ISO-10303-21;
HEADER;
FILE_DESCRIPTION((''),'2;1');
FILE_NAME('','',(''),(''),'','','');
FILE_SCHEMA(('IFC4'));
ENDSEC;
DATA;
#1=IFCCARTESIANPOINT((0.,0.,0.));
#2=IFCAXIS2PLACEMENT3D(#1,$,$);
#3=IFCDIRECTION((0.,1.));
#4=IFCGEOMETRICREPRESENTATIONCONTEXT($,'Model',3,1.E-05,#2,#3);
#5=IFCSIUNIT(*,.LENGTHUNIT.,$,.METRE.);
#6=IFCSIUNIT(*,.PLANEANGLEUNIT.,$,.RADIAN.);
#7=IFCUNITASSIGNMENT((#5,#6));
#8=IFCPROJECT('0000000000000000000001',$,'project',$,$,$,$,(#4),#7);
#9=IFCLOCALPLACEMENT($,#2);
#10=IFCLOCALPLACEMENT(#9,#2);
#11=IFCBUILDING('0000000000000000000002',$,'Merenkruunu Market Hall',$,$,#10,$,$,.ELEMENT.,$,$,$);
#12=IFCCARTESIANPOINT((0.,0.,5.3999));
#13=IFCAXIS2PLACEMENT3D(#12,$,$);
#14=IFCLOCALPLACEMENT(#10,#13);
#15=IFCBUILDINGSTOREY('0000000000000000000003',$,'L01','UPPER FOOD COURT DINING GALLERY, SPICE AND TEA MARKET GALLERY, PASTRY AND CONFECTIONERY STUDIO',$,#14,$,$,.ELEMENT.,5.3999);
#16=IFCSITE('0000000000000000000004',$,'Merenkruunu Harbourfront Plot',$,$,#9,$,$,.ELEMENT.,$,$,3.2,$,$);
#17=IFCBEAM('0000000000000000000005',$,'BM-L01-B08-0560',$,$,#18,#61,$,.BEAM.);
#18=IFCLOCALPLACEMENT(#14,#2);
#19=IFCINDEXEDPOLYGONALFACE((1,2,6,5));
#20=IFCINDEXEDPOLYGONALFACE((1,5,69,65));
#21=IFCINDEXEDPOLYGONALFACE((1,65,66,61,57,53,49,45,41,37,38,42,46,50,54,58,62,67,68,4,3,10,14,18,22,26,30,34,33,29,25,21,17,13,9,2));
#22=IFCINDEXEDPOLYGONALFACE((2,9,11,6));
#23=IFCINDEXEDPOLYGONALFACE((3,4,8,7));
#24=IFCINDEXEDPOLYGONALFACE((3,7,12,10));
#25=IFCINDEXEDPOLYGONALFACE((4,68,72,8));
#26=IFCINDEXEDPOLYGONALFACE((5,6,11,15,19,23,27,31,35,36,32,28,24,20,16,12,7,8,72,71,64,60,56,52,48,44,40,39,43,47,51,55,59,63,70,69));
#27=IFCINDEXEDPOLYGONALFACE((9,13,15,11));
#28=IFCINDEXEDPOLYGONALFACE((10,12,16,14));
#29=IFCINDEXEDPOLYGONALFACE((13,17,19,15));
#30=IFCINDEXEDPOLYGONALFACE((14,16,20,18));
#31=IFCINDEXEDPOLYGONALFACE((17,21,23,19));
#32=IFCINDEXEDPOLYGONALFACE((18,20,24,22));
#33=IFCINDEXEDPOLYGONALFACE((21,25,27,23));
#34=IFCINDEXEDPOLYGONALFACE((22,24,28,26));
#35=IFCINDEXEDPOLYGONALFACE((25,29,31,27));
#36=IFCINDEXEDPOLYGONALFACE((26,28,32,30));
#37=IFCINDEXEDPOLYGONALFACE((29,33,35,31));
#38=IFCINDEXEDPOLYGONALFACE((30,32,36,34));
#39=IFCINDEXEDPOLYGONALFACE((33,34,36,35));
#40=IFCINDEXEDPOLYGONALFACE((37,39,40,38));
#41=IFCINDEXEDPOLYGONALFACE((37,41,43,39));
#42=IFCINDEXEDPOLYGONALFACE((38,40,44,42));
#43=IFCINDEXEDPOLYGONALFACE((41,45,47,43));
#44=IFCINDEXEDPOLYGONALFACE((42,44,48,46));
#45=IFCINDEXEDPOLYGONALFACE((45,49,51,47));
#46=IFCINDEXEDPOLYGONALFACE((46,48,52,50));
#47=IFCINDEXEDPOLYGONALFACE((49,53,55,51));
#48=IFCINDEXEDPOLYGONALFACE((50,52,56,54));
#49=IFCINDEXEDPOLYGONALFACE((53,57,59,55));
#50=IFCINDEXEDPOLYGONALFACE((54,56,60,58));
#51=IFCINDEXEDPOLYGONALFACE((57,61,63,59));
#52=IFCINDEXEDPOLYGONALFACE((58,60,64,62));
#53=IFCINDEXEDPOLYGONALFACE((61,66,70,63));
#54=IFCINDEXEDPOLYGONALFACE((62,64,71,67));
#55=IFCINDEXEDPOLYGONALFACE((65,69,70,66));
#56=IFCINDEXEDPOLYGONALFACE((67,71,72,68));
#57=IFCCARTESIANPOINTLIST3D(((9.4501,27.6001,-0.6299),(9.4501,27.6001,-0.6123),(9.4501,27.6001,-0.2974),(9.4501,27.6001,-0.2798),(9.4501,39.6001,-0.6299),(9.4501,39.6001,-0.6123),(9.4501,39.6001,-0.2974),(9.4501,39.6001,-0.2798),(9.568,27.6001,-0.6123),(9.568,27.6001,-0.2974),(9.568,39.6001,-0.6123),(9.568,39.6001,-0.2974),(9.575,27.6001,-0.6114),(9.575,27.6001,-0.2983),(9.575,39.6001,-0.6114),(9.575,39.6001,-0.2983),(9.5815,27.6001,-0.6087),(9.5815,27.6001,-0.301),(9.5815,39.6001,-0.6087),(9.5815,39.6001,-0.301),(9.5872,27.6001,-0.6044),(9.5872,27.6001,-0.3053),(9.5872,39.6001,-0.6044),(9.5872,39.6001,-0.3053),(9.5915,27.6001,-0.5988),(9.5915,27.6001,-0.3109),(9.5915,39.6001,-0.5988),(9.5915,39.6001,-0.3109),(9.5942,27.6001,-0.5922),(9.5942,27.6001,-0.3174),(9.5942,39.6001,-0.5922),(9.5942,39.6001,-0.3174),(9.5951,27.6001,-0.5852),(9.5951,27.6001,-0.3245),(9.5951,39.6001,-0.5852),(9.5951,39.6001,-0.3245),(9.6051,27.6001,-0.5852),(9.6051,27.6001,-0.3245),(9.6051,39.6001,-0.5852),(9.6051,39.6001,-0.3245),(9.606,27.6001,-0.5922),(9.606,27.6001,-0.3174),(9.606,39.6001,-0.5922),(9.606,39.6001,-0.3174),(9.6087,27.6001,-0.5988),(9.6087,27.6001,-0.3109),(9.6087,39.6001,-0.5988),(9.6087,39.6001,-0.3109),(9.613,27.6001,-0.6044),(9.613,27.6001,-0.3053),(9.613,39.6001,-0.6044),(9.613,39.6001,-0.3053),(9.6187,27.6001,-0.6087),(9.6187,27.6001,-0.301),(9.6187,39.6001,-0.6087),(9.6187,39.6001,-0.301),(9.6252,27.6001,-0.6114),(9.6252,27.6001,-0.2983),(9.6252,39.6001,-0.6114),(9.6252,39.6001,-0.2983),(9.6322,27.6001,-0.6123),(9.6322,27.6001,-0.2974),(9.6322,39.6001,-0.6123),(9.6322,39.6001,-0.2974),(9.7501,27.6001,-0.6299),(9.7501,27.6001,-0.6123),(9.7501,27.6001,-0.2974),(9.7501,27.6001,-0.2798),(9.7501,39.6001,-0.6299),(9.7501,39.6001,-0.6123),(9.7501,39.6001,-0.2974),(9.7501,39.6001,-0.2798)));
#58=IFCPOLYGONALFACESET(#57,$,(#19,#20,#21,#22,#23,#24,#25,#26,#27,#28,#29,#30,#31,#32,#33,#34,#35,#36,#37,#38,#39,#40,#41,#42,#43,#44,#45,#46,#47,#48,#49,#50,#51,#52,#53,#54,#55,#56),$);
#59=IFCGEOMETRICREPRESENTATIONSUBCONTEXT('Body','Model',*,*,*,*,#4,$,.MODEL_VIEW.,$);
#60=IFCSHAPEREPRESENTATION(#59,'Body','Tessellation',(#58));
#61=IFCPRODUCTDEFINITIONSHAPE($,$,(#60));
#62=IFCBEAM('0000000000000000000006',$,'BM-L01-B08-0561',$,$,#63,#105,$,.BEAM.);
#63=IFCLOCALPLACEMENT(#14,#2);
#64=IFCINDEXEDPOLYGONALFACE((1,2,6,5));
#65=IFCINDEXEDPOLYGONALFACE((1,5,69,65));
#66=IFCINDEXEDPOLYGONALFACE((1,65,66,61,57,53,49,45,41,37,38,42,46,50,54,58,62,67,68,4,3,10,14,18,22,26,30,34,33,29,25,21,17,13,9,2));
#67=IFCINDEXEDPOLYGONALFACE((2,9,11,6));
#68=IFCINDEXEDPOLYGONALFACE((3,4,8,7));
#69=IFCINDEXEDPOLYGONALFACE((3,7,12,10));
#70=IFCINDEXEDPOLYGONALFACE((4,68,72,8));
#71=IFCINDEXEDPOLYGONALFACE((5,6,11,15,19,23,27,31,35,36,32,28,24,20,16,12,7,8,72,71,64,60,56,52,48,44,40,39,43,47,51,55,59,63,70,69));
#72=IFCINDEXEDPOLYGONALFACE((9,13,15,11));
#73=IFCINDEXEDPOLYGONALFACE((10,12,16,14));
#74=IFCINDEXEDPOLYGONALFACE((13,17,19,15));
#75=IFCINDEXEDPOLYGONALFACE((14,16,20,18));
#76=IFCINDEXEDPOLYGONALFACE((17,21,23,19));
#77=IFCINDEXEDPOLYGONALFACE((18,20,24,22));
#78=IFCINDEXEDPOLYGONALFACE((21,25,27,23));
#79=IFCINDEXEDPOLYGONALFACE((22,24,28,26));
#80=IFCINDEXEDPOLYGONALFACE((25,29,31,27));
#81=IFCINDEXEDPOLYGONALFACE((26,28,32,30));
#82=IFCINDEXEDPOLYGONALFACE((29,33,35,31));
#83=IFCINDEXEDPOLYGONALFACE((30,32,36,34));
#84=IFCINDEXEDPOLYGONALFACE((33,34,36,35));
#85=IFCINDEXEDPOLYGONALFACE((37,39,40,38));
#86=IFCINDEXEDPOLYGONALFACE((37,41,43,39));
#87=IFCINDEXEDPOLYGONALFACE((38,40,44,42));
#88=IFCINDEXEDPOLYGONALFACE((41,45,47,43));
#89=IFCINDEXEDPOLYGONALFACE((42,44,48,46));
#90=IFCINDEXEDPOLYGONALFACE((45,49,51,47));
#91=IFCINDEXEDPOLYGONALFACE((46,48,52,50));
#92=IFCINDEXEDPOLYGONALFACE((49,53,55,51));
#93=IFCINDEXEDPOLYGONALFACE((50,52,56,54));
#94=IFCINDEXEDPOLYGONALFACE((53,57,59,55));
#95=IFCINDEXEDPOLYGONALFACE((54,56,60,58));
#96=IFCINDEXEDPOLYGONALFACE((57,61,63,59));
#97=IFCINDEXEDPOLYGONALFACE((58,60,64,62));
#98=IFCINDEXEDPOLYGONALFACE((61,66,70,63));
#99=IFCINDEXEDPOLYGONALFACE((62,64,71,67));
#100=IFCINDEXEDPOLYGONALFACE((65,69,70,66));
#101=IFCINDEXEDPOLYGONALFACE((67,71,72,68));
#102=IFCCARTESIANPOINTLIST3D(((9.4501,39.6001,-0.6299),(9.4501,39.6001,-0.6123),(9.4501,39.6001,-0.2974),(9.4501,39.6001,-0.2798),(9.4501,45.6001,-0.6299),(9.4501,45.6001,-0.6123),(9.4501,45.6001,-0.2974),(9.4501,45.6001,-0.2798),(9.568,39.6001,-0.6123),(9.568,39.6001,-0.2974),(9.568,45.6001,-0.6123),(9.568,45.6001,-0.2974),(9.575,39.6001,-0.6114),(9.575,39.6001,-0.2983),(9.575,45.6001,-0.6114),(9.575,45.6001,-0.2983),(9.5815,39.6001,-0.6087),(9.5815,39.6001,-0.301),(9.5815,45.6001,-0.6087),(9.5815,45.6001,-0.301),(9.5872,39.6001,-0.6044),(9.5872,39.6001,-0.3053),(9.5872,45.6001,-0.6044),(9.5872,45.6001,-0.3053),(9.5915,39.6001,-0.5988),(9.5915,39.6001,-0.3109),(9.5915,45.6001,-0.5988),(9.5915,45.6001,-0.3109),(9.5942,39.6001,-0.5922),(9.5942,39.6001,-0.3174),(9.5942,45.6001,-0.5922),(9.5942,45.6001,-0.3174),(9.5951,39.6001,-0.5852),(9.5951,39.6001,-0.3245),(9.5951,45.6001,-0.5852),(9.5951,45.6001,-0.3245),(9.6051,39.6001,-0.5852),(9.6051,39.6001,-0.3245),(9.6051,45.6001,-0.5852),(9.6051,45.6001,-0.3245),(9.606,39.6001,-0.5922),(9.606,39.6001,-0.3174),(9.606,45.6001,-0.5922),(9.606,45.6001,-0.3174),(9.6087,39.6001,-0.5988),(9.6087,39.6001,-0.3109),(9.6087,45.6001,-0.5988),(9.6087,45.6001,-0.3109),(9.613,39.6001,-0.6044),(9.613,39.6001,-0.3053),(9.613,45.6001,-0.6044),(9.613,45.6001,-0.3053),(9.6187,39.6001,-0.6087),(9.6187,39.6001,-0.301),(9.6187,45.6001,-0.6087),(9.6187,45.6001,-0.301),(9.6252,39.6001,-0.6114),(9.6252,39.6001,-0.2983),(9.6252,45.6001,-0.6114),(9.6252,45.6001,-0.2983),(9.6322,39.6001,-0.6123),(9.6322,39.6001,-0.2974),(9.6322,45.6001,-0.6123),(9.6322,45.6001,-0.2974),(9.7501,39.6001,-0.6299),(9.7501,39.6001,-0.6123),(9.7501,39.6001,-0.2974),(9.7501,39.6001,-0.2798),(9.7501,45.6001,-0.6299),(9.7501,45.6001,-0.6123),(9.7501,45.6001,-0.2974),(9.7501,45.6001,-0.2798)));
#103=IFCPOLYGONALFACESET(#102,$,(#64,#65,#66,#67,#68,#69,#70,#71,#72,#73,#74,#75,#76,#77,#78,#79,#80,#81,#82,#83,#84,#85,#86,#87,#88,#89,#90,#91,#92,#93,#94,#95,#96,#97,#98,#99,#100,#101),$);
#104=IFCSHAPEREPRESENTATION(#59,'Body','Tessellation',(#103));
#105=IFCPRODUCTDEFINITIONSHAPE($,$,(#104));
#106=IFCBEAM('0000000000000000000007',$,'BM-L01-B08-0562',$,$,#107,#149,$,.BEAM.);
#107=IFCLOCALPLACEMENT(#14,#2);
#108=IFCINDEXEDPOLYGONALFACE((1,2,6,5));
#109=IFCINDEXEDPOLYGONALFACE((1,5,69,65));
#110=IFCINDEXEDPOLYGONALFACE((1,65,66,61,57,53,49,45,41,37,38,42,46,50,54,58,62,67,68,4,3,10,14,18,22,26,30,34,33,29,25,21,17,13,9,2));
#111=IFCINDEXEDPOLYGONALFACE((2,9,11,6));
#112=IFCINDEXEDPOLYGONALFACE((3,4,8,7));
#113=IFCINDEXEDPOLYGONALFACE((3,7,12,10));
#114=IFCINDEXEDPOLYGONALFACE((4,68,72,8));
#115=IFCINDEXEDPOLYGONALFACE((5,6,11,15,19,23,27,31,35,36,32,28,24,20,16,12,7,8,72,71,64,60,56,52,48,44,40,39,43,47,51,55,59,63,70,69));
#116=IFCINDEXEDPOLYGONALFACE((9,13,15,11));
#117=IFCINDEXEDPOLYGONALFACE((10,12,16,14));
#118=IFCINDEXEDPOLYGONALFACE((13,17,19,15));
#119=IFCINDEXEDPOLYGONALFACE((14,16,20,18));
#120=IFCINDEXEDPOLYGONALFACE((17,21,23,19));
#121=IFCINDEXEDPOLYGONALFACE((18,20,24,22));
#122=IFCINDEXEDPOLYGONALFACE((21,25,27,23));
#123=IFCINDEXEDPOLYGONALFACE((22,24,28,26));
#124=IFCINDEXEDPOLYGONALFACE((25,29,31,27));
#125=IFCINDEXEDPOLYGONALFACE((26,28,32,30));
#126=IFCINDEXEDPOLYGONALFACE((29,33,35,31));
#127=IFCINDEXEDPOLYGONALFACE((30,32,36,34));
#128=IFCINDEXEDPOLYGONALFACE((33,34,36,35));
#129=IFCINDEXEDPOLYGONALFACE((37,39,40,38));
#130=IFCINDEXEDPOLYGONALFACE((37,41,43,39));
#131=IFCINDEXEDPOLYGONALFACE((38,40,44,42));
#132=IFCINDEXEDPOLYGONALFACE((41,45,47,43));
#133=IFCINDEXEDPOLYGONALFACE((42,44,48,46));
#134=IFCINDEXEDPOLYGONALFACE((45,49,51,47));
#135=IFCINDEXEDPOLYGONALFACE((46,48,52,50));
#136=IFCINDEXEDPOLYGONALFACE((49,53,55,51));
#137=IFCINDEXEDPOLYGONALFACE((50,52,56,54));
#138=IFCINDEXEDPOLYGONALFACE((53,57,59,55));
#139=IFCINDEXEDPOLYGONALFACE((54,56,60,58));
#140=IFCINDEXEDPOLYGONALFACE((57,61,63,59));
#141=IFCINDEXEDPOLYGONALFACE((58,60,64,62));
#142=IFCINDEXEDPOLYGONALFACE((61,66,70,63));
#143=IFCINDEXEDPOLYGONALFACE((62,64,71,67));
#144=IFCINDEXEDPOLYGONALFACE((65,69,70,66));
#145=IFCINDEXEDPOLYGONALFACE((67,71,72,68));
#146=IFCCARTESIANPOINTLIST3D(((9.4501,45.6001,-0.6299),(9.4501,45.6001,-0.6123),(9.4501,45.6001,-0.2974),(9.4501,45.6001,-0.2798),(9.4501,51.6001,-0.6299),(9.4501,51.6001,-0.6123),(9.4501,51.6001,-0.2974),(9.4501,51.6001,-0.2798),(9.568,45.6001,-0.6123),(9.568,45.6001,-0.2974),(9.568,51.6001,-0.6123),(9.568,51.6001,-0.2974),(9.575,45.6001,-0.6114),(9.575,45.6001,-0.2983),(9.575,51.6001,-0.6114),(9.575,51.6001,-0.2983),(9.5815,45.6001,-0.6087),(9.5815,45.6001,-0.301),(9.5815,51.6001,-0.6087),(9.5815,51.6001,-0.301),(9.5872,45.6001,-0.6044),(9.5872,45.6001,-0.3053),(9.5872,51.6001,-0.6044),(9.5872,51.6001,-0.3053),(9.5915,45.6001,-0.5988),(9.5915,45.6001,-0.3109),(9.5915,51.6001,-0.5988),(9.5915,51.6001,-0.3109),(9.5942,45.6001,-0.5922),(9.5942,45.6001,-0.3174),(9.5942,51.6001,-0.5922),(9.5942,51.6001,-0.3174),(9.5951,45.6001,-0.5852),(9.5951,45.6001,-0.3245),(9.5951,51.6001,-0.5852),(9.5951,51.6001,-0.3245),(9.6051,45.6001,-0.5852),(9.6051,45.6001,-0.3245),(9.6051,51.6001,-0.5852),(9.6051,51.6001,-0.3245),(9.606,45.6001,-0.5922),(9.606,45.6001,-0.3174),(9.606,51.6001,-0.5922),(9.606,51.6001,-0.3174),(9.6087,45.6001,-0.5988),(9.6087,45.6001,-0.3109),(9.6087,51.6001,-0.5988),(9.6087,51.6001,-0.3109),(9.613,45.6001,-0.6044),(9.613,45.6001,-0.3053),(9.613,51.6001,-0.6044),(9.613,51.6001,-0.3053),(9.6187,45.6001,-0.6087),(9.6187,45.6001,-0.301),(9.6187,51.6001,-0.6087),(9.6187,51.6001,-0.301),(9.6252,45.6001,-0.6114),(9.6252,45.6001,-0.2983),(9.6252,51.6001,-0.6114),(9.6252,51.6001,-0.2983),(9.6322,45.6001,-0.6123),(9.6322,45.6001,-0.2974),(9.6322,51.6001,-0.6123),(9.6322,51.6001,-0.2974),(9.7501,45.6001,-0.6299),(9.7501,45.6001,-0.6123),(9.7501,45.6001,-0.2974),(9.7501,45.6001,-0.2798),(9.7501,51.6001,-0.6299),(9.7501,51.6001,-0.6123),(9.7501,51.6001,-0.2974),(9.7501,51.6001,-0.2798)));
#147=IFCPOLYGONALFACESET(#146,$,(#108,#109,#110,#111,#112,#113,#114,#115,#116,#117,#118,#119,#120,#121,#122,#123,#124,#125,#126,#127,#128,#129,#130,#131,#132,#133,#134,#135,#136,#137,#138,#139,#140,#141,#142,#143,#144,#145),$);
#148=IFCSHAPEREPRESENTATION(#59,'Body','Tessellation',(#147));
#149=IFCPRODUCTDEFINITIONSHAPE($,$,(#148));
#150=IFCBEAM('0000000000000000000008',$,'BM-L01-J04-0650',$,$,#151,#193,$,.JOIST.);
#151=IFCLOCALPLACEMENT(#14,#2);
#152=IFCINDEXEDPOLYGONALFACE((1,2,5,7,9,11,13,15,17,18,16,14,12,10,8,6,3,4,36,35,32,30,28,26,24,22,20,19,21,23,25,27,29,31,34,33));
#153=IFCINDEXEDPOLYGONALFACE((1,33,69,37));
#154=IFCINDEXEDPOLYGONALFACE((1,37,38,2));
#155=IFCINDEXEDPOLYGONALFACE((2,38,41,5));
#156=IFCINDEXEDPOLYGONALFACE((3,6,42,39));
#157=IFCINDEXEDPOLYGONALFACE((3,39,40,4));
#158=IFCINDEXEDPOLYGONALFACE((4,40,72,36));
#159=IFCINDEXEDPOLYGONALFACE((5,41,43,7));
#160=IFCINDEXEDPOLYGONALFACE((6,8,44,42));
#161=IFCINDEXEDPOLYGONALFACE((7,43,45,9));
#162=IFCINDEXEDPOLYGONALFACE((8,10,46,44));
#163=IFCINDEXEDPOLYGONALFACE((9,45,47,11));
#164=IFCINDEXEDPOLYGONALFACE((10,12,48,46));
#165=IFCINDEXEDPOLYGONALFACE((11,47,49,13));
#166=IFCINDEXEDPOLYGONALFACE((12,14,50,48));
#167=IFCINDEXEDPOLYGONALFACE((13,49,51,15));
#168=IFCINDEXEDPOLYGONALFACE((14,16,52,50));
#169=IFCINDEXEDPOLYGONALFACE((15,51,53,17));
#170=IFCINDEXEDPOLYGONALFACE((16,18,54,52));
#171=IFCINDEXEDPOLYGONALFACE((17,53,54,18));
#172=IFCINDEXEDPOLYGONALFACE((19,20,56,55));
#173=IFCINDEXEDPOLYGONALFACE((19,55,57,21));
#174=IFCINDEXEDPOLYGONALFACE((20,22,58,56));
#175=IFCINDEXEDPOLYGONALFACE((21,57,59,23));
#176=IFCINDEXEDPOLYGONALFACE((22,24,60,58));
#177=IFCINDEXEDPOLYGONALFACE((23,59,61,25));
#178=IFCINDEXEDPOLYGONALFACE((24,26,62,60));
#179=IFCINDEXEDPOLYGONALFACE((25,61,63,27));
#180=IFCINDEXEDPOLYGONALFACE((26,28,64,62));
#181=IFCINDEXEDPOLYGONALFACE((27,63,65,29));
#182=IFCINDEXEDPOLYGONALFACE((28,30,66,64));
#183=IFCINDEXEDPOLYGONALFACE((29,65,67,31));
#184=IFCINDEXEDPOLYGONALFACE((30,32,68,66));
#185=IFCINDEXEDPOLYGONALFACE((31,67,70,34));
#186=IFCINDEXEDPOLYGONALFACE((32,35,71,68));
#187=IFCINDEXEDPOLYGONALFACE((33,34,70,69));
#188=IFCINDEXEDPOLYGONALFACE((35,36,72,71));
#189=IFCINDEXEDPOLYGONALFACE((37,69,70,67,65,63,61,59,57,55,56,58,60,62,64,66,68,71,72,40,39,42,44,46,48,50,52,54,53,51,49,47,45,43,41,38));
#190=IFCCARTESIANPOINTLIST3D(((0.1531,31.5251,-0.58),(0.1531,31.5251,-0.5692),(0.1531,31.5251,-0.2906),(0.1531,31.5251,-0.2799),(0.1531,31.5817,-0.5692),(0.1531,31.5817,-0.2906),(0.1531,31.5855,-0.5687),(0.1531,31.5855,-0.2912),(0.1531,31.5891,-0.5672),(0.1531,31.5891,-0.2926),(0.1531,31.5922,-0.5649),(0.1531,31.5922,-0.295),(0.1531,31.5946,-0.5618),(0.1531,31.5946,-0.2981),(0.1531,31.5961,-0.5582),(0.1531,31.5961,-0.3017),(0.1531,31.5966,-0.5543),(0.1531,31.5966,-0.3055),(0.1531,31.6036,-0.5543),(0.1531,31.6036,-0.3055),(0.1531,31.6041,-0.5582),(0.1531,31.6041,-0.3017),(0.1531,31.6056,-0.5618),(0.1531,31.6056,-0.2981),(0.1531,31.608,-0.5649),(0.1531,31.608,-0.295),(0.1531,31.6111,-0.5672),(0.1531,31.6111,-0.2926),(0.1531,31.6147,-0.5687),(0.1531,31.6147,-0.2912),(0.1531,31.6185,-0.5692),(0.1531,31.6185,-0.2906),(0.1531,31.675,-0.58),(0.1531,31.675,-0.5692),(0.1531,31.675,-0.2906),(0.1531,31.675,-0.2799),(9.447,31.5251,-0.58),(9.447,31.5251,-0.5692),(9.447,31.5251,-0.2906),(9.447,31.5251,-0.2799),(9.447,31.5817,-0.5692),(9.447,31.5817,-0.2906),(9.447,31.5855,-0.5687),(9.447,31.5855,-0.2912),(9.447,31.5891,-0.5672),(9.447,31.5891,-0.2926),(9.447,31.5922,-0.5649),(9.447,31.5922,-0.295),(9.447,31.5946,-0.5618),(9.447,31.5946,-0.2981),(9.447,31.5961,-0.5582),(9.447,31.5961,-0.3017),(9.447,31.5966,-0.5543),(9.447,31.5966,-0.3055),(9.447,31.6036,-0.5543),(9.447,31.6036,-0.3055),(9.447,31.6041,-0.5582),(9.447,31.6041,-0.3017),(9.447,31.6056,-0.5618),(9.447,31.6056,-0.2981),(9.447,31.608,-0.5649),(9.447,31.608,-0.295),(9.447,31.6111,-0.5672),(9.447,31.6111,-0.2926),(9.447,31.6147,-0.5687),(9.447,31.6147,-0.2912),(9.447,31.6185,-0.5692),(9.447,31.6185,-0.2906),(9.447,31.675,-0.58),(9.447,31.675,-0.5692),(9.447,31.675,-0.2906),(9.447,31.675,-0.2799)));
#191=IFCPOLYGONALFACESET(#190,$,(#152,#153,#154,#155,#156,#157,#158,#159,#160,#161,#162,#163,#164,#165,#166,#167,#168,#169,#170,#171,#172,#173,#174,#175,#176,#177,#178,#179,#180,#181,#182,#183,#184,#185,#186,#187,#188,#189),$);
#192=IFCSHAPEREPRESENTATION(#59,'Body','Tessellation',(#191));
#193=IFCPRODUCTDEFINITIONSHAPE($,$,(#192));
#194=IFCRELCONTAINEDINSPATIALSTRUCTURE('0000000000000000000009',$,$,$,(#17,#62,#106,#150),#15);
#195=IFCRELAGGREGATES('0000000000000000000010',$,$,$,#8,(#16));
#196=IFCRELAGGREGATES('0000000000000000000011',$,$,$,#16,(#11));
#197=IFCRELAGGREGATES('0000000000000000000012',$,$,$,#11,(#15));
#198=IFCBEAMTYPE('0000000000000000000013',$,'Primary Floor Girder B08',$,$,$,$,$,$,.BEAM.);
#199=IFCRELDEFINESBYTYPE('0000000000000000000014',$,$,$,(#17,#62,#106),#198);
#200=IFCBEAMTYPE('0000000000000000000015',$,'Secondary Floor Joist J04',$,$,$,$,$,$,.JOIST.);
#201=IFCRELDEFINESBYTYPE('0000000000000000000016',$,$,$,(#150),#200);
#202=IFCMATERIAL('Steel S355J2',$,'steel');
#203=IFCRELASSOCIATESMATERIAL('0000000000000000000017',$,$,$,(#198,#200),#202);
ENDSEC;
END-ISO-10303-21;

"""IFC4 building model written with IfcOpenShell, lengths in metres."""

from ifc_helpers import new_model, si_unit, direction, frame, origin, origin_2d, place, context, subcontext, project, spatial, i_section, extrude, material, material_profile, profile_set, type_object, element, save


model = new_model("IFC4")

# Units and contexts
model_context = context("Model", 3, precision=1e-05, world=origin(), true_north=direction((0.0, 1.0)))
body_context = subcontext(model_context, "Body", "Model", "MODEL_VIEW")
ifc_project = project(units=[si_unit("LENGTHUNIT", "METRE"), si_unit("PLANEANGLEUNIT", "RADIAN")], contexts=[model_context])

# Site, building, storey
site_placement = place(None, origin())
site = spatial("IfcSite", under=ifc_project, at=site_placement, Name="Merenkruunu Harbourfront Plot", CompositionType="ELEMENT", RefElevation=3.2)
building_placement = place(site_placement, origin())
building = spatial("IfcBuilding", under=site, at=building_placement, Name="Merenkruunu Market Hall", CompositionType="ELEMENT")
storey_placement = place(building_placement, frame((0.0, 0.0, 5.3999)))
storey = spatial("IfcBuildingStorey", under=building, at=storey_placement, Name="L01", Description="UPPER FOOD COURT DINING GALLERY, SPICE AND TEA MARKET GALLERY, PASTRY AND CONFECTIONERY STUDIO", CompositionType="ELEMENT", Elevation=5.3999)

# Shared definitions
ifc_material_1 = material(Name="Steel S355J2", Category="steel")

# Beams
ifc_material_profile_1 = material_profile(ifc_material_1, i_section(OverallWidth=0.3, OverallDepth=0.3501, WebThickness=0.01, FlangeThickness=0.0176, FilletRadius=0.0271, at=origin_2d()), Name="HEA 360")
ifc_profile_set_1 = profile_set([ifc_material_profile_1], Name="Steel S355J2")
beam_type_1 = type_object("IfcBeamType", Name="Primary Floor Girder B08", PredefinedType="BEAM", material=ifc_profile_set_1)
beam_1_placement = place(storey_placement, frame((9.6001, 27.6001, -0.4548), z_axis=(0.0, 1.0, 0.0), x_axis=(-1.0, 0.0, 0.0)))
element("IfcBeam", 1, at=beam_1_placement, inside=storey, type_object=beam_type_1, Name="BM-L01-B08-0560", PredefinedType="BEAM", context=body_context, shape_type="SweptSolid", body=[
    extrude(i_section(OverallWidth=0.3, OverallDepth=0.3501, WebThickness=0.01, FlangeThickness=0.0176, FilletRadius=0.0271, at=origin_2d()), origin(), (0.0, 0.0, 1.0), 12.0),
])
for number, where, z_axis, x_axis, name in (
    (2, (9.6001, 39.6001, -0.4548), (0.0, 1.0, 0.0), (-1.0, 0.0, 0.0), "BM-L01-B08-0561"),
    (3, (9.6001, 45.6001, -0.4548), (0.0, 1.0, 0.0), (-1.0, 0.0, 0.0), "BM-L01-B08-0562"),
):
    element("IfcBeam", number, at=place(storey_placement, frame(where, z_axis=z_axis, x_axis=x_axis)), inside=storey, type_object=beam_type_1, Name=name, PredefinedType="BEAM", context=body_context, shape_type="SweptSolid", body=[
        extrude(i_section(OverallWidth=0.3, OverallDepth=0.3501, WebThickness=0.01, FlangeThickness=0.0176, FilletRadius=0.0271, at=origin_2d()), origin(), (0.0, 0.0, 1.0), 6.0),
    ])
ifc_material_profile_2 = material_profile(ifc_material_1, i_section(OverallWidth=0.1499, OverallDepth=0.3, WebThickness=0.0071, FlangeThickness=0.0107, FilletRadius=0.0149, at=origin_2d()), Name="IPE 300")
ifc_profile_set_2 = profile_set([ifc_material_profile_2], Name="Steel S355J2")
beam_type_2 = type_object("IfcBeamType", Name="Secondary Floor Joist J04", PredefinedType="JOIST", material=ifc_profile_set_2)
for number, where, z_axis, x_axis, name in (
    (4, (0.1531, 31.6001, -0.4299), (1.0, 0.0, 0.0), (0.0, 1.0, 0.0), "BM-L01-J04-0650"),
):
    element("IfcBeam", number, at=place(storey_placement, frame(where, z_axis=z_axis, x_axis=x_axis)), inside=storey, type_object=beam_type_2, Name=name, PredefinedType="JOIST", context=body_context, shape_type="SweptSolid", body=[
        extrude(i_section(OverallWidth=0.1499, OverallDepth=0.3, WebThickness=0.0071, FlangeThickness=0.0107, FilletRadius=0.0149, at=origin_2d()), origin(), (0.0, 0.0, 1.0), 9.2939),
    ])

save(model, "model.ifc")
